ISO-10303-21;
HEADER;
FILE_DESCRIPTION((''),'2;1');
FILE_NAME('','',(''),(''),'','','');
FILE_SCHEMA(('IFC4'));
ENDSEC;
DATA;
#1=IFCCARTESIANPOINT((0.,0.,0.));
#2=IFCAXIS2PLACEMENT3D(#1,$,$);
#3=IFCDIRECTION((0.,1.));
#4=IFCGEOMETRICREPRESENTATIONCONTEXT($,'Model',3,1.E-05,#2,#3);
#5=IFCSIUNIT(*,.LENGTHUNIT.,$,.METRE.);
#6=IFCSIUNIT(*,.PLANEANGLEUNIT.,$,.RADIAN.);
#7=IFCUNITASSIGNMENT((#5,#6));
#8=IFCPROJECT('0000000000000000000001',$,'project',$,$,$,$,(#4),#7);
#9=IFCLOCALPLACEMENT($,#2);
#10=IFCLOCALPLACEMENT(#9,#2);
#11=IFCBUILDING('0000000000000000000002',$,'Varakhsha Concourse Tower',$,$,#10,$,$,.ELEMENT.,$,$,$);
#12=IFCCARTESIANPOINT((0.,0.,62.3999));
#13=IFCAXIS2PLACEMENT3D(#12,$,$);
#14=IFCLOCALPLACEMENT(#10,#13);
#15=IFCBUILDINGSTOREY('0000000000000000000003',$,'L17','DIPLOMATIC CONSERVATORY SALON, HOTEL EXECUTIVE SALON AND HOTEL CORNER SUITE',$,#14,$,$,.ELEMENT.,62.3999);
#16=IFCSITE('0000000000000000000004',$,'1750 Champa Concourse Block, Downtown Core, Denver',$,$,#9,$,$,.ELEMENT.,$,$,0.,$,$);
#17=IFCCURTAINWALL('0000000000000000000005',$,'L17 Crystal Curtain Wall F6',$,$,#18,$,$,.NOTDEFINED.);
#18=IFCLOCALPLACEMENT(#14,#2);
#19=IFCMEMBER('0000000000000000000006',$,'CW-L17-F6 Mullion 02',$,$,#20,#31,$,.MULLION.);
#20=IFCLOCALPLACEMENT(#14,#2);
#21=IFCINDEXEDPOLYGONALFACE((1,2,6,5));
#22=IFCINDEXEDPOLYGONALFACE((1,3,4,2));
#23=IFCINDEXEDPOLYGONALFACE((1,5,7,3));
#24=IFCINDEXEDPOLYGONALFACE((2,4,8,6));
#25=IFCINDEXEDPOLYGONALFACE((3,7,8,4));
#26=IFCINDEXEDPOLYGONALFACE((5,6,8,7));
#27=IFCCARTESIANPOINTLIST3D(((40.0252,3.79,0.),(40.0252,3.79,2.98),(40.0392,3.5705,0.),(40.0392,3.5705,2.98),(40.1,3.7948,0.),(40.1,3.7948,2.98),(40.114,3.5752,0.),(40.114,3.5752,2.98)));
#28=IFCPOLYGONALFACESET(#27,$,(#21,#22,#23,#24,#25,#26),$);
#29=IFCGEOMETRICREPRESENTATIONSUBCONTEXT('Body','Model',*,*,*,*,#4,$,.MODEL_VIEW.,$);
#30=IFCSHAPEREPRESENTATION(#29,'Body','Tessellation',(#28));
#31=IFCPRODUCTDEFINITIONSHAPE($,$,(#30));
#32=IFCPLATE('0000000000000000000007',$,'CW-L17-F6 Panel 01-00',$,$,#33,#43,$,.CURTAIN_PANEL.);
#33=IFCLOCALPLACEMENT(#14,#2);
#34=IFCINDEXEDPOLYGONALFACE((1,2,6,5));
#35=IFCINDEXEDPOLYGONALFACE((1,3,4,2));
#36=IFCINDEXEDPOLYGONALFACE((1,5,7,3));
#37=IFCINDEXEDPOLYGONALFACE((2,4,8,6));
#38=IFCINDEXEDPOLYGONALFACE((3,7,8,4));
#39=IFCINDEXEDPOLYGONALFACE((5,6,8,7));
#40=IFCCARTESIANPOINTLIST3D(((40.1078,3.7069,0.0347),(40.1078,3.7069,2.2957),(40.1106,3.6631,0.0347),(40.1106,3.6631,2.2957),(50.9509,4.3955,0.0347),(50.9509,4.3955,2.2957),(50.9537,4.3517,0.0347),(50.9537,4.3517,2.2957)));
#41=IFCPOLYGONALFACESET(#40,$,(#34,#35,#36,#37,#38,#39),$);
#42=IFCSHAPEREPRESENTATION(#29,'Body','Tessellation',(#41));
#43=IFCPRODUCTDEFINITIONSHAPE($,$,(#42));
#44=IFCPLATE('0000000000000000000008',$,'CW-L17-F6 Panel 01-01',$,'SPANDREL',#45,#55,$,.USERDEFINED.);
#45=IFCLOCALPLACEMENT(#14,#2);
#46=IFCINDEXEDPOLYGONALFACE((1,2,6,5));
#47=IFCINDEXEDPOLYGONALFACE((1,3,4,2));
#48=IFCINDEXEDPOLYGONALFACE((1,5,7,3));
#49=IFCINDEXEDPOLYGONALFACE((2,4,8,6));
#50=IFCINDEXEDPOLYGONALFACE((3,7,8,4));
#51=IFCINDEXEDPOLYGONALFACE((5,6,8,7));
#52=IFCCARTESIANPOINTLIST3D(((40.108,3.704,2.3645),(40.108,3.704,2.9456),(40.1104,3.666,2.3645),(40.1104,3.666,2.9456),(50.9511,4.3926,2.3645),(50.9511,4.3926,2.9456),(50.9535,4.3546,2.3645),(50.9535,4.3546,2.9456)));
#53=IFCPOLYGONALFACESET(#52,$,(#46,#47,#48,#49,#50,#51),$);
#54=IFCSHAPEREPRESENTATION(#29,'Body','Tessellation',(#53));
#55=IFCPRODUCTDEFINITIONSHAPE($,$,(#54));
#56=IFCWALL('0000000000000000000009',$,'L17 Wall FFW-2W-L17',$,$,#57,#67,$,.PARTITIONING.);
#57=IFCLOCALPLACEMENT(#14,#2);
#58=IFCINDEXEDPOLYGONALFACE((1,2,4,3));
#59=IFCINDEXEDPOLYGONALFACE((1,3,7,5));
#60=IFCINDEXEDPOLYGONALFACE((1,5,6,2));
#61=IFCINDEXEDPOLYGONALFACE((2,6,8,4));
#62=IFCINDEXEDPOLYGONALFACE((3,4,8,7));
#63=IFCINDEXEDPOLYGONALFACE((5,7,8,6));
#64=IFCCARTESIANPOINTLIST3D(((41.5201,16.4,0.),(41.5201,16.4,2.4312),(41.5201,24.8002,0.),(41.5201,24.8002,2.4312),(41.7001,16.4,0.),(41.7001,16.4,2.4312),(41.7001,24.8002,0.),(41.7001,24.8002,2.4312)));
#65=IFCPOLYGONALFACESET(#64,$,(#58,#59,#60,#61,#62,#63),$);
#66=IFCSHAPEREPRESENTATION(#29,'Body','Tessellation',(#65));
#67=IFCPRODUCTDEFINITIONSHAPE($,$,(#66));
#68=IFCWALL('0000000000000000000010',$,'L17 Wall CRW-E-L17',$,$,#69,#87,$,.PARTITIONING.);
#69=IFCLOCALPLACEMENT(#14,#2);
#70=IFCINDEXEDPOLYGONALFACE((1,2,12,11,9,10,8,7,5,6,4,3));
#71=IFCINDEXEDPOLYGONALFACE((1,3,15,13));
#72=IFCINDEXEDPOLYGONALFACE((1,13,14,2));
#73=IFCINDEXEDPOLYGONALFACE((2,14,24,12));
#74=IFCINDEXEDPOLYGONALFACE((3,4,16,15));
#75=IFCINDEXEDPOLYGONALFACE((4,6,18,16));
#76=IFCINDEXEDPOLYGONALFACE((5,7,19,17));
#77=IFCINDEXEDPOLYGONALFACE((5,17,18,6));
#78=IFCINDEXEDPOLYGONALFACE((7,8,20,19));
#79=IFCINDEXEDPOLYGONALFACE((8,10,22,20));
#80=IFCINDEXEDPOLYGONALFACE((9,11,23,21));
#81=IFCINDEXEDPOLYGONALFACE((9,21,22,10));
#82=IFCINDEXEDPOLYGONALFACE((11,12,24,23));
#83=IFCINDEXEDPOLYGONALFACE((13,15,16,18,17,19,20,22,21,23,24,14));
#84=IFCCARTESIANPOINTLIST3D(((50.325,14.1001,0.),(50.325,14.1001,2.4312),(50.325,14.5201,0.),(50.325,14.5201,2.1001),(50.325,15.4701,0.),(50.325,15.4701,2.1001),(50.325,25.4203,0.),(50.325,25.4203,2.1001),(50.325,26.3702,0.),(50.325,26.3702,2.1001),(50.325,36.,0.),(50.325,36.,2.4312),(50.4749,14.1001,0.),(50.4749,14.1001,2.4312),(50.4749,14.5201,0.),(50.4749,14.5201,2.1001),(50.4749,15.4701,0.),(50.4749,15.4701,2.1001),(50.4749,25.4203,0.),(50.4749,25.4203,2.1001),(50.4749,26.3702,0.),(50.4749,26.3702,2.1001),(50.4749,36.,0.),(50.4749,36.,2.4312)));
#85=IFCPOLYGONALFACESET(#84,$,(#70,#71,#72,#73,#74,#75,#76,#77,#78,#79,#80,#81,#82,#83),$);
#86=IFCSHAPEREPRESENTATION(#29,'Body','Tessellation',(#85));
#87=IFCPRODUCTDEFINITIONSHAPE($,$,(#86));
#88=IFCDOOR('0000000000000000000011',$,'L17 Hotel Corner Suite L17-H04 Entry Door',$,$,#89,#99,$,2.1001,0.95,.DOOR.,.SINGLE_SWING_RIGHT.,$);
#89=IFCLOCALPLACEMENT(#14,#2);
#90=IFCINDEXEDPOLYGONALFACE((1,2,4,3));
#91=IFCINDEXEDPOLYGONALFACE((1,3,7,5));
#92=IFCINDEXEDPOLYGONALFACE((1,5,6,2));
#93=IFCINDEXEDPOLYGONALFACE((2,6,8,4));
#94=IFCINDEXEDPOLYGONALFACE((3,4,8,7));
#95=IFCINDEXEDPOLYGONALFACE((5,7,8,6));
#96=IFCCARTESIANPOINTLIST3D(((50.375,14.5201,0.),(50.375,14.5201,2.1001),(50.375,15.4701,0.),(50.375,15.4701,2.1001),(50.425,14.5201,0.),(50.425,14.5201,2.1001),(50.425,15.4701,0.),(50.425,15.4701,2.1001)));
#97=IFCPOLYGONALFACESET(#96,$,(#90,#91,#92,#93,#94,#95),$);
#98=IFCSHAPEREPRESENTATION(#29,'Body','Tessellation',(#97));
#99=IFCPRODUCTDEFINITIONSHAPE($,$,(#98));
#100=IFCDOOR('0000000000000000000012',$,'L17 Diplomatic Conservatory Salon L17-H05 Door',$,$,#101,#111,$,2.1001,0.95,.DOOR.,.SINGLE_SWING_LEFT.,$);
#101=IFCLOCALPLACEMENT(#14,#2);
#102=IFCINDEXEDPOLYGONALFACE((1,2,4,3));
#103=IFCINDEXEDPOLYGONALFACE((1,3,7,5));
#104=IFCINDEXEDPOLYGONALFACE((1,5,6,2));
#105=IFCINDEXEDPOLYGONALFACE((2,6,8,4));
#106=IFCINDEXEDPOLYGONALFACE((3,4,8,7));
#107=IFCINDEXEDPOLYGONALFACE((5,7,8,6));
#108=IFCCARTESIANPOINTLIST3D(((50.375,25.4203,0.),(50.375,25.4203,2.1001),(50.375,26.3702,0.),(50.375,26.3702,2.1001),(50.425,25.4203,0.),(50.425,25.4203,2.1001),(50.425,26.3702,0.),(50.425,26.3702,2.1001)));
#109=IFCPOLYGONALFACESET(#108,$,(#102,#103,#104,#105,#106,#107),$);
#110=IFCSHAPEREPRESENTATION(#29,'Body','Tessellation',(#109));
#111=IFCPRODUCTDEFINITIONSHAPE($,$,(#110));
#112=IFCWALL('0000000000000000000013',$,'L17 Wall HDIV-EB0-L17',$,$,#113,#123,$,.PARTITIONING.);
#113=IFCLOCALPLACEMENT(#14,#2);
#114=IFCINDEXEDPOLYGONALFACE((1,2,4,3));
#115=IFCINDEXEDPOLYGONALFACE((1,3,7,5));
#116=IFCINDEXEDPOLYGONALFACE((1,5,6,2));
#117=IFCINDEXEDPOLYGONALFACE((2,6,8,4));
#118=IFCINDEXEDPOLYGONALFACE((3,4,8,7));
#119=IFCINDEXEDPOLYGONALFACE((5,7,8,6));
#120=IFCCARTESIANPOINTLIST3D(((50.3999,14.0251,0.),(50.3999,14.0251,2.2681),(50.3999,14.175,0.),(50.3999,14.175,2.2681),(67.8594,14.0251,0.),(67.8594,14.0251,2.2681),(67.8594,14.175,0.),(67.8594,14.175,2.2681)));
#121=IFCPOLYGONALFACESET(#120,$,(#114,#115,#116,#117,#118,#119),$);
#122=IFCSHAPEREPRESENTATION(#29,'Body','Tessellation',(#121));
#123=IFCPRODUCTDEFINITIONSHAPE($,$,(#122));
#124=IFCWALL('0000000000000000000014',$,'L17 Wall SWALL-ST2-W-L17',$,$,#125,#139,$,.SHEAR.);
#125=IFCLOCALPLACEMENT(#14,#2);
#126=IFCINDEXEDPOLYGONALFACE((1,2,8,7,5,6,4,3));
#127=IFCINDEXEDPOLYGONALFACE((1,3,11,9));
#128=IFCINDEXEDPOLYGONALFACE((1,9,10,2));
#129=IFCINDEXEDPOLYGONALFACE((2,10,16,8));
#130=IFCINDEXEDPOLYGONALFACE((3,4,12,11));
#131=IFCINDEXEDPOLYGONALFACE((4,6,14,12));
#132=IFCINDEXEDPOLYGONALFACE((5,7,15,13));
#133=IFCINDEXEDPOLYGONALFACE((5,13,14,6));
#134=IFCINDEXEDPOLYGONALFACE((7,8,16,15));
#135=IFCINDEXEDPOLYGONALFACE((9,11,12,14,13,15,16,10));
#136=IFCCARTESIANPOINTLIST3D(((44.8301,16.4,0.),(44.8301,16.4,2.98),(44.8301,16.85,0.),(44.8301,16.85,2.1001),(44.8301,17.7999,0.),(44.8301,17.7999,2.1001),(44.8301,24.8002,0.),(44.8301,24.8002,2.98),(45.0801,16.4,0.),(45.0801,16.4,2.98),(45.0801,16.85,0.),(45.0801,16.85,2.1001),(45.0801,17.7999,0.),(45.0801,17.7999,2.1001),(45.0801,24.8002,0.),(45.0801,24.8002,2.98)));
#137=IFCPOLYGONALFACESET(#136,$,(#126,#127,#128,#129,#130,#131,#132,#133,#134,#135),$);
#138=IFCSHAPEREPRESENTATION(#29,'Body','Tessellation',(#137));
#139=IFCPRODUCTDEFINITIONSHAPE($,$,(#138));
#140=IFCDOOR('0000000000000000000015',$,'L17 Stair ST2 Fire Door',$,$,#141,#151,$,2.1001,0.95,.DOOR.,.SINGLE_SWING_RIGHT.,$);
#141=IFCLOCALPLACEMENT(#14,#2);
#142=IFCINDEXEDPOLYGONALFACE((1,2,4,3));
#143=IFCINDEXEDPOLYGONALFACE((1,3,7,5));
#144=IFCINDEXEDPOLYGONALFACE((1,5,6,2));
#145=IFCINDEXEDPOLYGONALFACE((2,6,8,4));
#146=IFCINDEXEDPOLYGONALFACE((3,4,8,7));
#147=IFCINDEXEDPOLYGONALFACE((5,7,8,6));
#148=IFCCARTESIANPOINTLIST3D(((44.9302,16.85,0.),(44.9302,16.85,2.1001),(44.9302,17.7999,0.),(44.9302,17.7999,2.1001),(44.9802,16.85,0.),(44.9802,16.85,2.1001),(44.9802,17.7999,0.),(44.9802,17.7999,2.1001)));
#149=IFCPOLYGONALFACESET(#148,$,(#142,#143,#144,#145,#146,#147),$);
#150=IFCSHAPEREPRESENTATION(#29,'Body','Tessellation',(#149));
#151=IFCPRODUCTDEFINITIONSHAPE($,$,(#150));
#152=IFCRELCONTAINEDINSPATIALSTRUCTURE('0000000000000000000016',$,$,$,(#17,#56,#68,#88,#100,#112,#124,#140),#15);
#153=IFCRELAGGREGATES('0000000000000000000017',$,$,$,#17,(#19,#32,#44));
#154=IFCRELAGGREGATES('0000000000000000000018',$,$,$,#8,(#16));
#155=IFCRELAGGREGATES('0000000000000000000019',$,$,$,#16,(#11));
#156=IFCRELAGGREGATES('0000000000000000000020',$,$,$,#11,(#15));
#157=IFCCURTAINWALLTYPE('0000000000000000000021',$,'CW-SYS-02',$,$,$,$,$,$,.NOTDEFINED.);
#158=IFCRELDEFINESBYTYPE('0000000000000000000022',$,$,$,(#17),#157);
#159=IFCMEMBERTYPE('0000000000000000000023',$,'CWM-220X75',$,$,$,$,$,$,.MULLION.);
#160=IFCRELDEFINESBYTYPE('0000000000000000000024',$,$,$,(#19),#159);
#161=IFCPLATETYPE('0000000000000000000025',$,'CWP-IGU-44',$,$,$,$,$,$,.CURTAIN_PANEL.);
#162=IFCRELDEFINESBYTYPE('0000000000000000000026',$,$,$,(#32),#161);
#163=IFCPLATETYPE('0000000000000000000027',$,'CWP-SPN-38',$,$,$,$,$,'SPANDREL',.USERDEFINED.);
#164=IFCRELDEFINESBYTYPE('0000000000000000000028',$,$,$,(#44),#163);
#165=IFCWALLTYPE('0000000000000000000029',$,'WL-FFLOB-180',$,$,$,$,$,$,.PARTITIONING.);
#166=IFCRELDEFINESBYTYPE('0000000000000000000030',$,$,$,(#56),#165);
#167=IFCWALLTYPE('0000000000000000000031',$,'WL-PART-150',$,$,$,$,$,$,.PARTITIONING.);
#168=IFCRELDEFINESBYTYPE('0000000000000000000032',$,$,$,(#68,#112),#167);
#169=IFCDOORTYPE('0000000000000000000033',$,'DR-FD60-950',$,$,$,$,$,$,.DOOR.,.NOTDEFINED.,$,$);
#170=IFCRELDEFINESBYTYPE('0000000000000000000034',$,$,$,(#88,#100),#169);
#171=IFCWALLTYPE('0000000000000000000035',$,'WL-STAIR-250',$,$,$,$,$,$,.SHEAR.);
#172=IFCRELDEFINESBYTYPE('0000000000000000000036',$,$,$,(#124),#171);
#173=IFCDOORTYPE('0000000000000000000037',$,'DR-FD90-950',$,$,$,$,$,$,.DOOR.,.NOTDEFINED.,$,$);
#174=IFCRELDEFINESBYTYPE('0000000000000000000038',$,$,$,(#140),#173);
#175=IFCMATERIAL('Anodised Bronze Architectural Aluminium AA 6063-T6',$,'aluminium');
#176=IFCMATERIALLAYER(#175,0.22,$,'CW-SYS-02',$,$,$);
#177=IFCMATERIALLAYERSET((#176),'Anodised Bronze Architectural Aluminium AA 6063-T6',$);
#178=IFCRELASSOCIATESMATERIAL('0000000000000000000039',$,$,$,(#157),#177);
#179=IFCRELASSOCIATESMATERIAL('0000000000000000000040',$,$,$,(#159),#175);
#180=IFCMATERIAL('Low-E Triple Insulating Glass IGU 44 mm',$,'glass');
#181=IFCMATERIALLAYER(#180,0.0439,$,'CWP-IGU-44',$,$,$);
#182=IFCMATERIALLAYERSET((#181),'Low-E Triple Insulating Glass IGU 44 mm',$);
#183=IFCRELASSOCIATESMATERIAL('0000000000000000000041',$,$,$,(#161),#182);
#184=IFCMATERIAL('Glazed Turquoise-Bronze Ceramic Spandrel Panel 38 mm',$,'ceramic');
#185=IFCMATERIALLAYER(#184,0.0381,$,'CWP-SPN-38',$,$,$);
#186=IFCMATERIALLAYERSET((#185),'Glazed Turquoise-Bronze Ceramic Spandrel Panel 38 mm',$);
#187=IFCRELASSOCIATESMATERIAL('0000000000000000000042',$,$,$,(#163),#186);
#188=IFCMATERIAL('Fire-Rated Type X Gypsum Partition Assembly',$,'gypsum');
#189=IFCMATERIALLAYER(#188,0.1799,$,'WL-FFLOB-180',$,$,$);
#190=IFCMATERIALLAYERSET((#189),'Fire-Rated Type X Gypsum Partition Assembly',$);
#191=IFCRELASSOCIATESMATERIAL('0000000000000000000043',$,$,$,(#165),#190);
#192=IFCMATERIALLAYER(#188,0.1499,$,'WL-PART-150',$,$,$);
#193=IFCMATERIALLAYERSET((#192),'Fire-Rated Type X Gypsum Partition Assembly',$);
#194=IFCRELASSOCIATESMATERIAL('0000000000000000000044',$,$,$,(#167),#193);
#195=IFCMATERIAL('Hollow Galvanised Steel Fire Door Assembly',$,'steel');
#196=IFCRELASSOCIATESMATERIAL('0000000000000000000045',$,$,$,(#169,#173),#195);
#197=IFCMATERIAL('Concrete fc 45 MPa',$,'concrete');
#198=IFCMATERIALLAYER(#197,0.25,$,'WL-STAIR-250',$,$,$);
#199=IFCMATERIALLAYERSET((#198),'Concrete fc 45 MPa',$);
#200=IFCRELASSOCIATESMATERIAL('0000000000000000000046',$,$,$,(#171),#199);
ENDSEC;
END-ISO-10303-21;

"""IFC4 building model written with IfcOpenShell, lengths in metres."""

from ifc_helpers import new_model, si_unit, direction, frame, frame_2d, origin, origin_2d, place, context, subcontext, project, spatial, rectangle, extrude, source, transform, mapped, material, layer, layer_set, material_profile, profile_set, type_object, type_shapes, element, fill, aggregate, save


model = new_model("IFC4")

# Units and contexts
model_context = context("Model", 3, precision=1e-05, world=origin(), true_north=direction((0.0, 1.0)))
body_context = subcontext(model_context, "Body", "Model", "MODEL_VIEW")
ifc_project = project(units=[si_unit("LENGTHUNIT", "METRE"), si_unit("PLANEANGLEUNIT", "RADIAN")], contexts=[model_context])

# Site, building, storey
site_placement = place(None, origin())
site = spatial("IfcSite", under=ifc_project, at=site_placement, Name="1750 Champa Concourse Block, Downtown Core, Denver", CompositionType="ELEMENT", RefElevation=0.0)
building_placement = place(site_placement, origin())
building = spatial("IfcBuilding", under=site, at=building_placement, Name="Varakhsha Concourse Tower", CompositionType="ELEMENT")
storey_placement = place(building_placement, frame((0.0, 0.0, 62.3999)))
storey = spatial("IfcBuildingStorey", under=building, at=storey_placement, Name="L17", Description="DIPLOMATIC CONSERVATORY SALON, HOTEL EXECUTIVE SALON AND HOTEL CORNER SUITE", CompositionType="ELEMENT", Elevation=62.3999)

# Curtain wall, member, plates
ifc_material_1 = material(Name="Anodised Bronze Architectural Aluminium AA 6063-T6", Category="aluminium")
ifc_layer_1 = layer(ifc_material_1, 0.22, Name="CW-SYS-02")
ifc_layer_set_1 = layer_set([ifc_layer_1], Name="Anodised Bronze Architectural Aluminium AA 6063-T6")
curtain_wall_type = type_object("IfcCurtainWallType", Name="CW-SYS-02", PredefinedType="NOTDEFINED", material=ifc_layer_set_1)
curtain_wall_placement = place(storey_placement, origin())
curtain_wall = element("IfcCurtainWall", 1, at=curtain_wall_placement, inside=storey, type_object=curtain_wall_type, Name="L17 Crystal Curtain Wall F6", PredefinedType="NOTDEFINED")
ifc_material_profile_1 = material_profile(ifc_material_1, rectangle(XDim=0.075, YDim=0.22, at=origin_2d()), Name="CWM-220X75")
ifc_profile_set_1 = profile_set([ifc_material_profile_1], Name="Anodised Bronze Architectural Aluminium AA 6063-T6")
member_type = type_object("IfcMemberType", Name="CWM-220X75", PredefinedType="MULLION", material=ifc_profile_set_1)
shared_shape_1 = source(origin(), body_context, "Body", "SweptSolid", [
    extrude(rectangle(XDim=0.075, YDim=0.22, at=origin_2d()), origin(), (0.0, 0.0, 1.0), 2.98),
])
type_shapes(member_type, [shared_shape_1])
member_1_placement = place(storey_placement, frame((40.0696, 3.6826, 0.0), z_axis=(0.0, 0.0, 1.0), x_axis=(-0.99799, -0.063378, 0.0)))
member_1 = element("IfcMember", 2, at=member_1_placement, type_object=member_type, Name="CW-L17-F6 Mullion 02", PredefinedType="MULLION", context=body_context, shape_type="MappedRepresentation", body=[
    mapped(shared_shape_1, transform((0.0, 0.0, 0.0), scale=1.0)),
])
ifc_material_2 = material(Name="Low-E Triple Insulating Glass IGU 44 mm", Category="glass")
ifc_layer_2 = layer(ifc_material_2, 0.0439, Name="CWP-IGU-44")
ifc_layer_set_2 = layer_set([ifc_layer_2], Name="Low-E Triple Insulating Glass IGU 44 mm")
plate_type_1 = type_object("IfcPlateType", Name="CWP-IGU-44", PredefinedType="CURTAIN_PANEL", material=ifc_layer_set_2)
shared_shape_2 = source(origin(), body_context, "Body", "SweptSolid", [
    extrude(rectangle(XDim=10.865, YDim=0.0439, at=origin_2d()), origin(), (0.0, 0.0, 1.0), 2.261),
])
type_shapes(plate_type_1, [shared_shape_2])
plate_1_placement = place(storey_placement, frame((45.5308, 4.0293, 0.0347), z_axis=(0.0, 0.0, 1.0), x_axis=(-0.99799, -0.063378, 0.0)))
plate_1 = element("IfcPlate", 3, at=plate_1_placement, type_object=plate_type_1, Name="CW-L17-F6 Panel 01-00", PredefinedType="CURTAIN_PANEL", context=body_context, shape_type="MappedRepresentation", body=[
    mapped(shared_shape_2, transform((0.0, 0.0, 0.0), scale=1.0)),
])
ifc_material_3 = material(Name="Glazed Turquoise-Bronze Ceramic Spandrel Panel 38 mm", Category="ceramic")
ifc_layer_3 = layer(ifc_material_3, 0.0381, Name="CWP-SPN-38")
ifc_layer_set_3 = layer_set([ifc_layer_3], Name="Glazed Turquoise-Bronze Ceramic Spandrel Panel 38 mm")
plate_type_2 = type_object("IfcPlateType", Name="CWP-SPN-38", ElementType="SPANDREL", PredefinedType="USERDEFINED", material=ifc_layer_set_3)
shared_shape_3 = source(origin(), body_context, "Body", "SweptSolid", [
    extrude(rectangle(XDim=10.865, YDim=0.0381, at=origin_2d()), origin(), (0.0, 0.0, 1.0), 0.5811),
])
type_shapes(plate_type_2, [shared_shape_3])
plate_2_placement = place(storey_placement, frame((45.5308, 4.0293, 2.3645), z_axis=(0.0, 0.0, 1.0), x_axis=(-0.99799, -0.063378, 0.0)))
plate_2 = element("IfcPlate", 4, at=plate_2_placement, type_object=plate_type_2, Name="CW-L17-F6 Panel 01-01", ObjectType="SPANDREL", PredefinedType="USERDEFINED", context=body_context, shape_type="MappedRepresentation", body=[
    mapped(shared_shape_3, transform((0.0, 0.0, 0.0), scale=1.0)),
])
aggregate(curtain_wall, [member_1, plate_1, plate_2])

# Wall
ifc_material_4 = material(Name="Fire-Rated Type X Gypsum Partition Assembly", Category="gypsum")
ifc_layer_4 = layer(ifc_material_4, 0.1799, Name="WL-FFLOB-180")
ifc_layer_set_4 = layer_set([ifc_layer_4], Name="Fire-Rated Type X Gypsum Partition Assembly")
wall_type_1 = type_object("IfcWallType", Name="WL-FFLOB-180", PredefinedType="PARTITIONING", material=ifc_layer_set_4)
wall_1_placement = place(storey_placement, frame((41.6101, 16.3999, 0.0), z_axis=(0.0, 0.0, 1.0), x_axis=(0.0, 1.0, 0.0)))
element("IfcWall", 5, at=wall_1_placement, inside=storey, type_object=wall_type_1, Name="L17 Wall FFW-2W-L17", PredefinedType="PARTITIONING", context=body_context, shape_type="SweptSolid", body=[
    extrude(rectangle(XDim=8.4001, YDim=0.1799, at=frame_2d((4.2002, 0.0))), origin(), (0.0, 0.0, 1.0), 2.4312),
])

# Wall, openings, doors
ifc_layer_5 = layer(ifc_material_4, 0.1499, Name="WL-PART-150")
ifc_layer_set_5 = layer_set([ifc_layer_5], Name="Fire-Rated Type X Gypsum Partition Assembly")
wall_type_2 = type_object("IfcWallType", Name="WL-PART-150", PredefinedType="PARTITIONING", material=ifc_layer_set_5)
wall_2_placement = place(storey_placement, frame((50.3999, 14.1001, 0.0), z_axis=(0.0, 0.0, 1.0), x_axis=(0.0, 1.0, 0.0)))
wall_2 = element("IfcWall", 6, at=wall_2_placement, inside=storey, type_object=wall_type_2, Name="L17 Wall CRW-E-L17", PredefinedType="PARTITIONING", context=body_context, shape_type="SweptSolid", body=[
    extrude(rectangle(XDim=21.8999, YDim=0.1499, at=frame_2d((10.95, 0.0))), origin(), (0.0, 0.0, 1.0), 2.4312),
])
opening_1_placement = place(wall_2_placement, frame((0.4199, 0.0, 0.0)))
opening_1 = element("IfcOpeningElement", 7, at=opening_1_placement, cuts=wall_2, PredefinedType="OPENING", context=body_context, shape_type="SweptSolid", body=[
    extrude(rectangle(XDim=0.95, YDim=2.1001, at=frame_2d((0.4751, 1.05))), frame((0.0, 0.085, 0.0), z_axis=(0.0, -1.0, 0.0), x_axis=(1.0, 0.0, 0.0)), (0.0, 0.0, 1.0), 0.1699),
])
opening_2_placement = place(wall_2_placement, frame((11.3201, 0.0, 0.0)))
opening_2 = element("IfcOpeningElement", 8, at=opening_2_placement, cuts=wall_2, PredefinedType="OPENING", context=body_context, shape_type="SweptSolid", body=[
    extrude(rectangle(XDim=0.95, YDim=2.1001, at=frame_2d((0.4751, 1.05))), frame((0.0, 0.085, 0.0), z_axis=(0.0, -1.0, 0.0), x_axis=(1.0, 0.0, 0.0)), (0.0, 0.0, 1.0), 0.1699),
])
ifc_material_5 = material(Name="Hollow Galvanised Steel Fire Door Assembly", Category="steel")
door_type_1 = type_object("IfcDoorType", Name="DR-FD60-950", OperationType="NOTDEFINED", PredefinedType="DOOR", material=ifc_material_5)
door_1_placement = place(opening_1_placement, origin())
door_1 = element("IfcDoor", 9, at=door_1_placement, inside=storey, type_object=door_type_1, Name="L17 Hotel Corner Suite L17-H04 Entry Door", OperationType="SINGLE_SWING_RIGHT", OverallHeight=2.1001, OverallWidth=0.95, PredefinedType="DOOR", context=body_context, shape_type="SweptSolid", body=[
    extrude(rectangle(XDim=0.95, YDim=2.1001, at=frame_2d((0.4751, 1.05))), frame((0.0, 0.0249, 0.0), z_axis=(0.0, -1.0, 0.0), x_axis=(1.0, 0.0, 0.0)), (0.0, 0.0, 1.0), 0.05),
])
fill(opening_1, door_1)
door_2_placement = place(opening_2_placement, origin())
door_2 = element("IfcDoor", 10, at=door_2_placement, inside=storey, type_object=door_type_1, Name="L17 Diplomatic Conservatory Salon L17-H05 Door", OperationType="SINGLE_SWING_LEFT", OverallHeight=2.1001, OverallWidth=0.95, PredefinedType="DOOR", context=body_context, shape_type="SweptSolid", body=[
    extrude(rectangle(XDim=0.95, YDim=2.1001, at=frame_2d((0.4751, 1.05))), frame((0.0, 0.0249, 0.0), z_axis=(0.0, -1.0, 0.0), x_axis=(1.0, 0.0, 0.0)), (0.0, 0.0, 1.0), 0.05),
])
fill(opening_2, door_2)

# Wall
wall_3_placement = place(storey_placement, frame((50.3999, 14.1001, 0.0), z_axis=(0.0, 0.0, 1.0), x_axis=(1.0, 0.0, 0.0)))
element("IfcWall", 11, at=wall_3_placement, inside=storey, type_object=wall_type_2, Name="L17 Wall HDIV-EB0-L17", PredefinedType="PARTITIONING", context=body_context, shape_type="SweptSolid", body=[
    extrude(rectangle(XDim=17.4595, YDim=0.1499, at=frame_2d((8.7297, 0.0))), origin(), (0.0, 0.0, 1.0), 2.2681),
])

# Wall, opening, door
ifc_material_6 = material(Name="Concrete fc 45 MPa", Category="concrete")
ifc_layer_6 = layer(ifc_material_6, 0.25, Name="WL-STAIR-250")
ifc_layer_set_6 = layer_set([ifc_layer_6], Name="Concrete fc 45 MPa")
wall_type_3 = type_object("IfcWallType", Name="WL-STAIR-250", PredefinedType="SHEAR", material=ifc_layer_set_6)
wall_4_placement = place(storey_placement, frame((44.9551, 16.3999, 0.0), z_axis=(0.0, 0.0, 1.0), x_axis=(0.0, 1.0, 0.0)))
wall_4 = element("IfcWall", 12, at=wall_4_placement, inside=storey, type_object=wall_type_3, Name="L17 Wall SWALL-ST2-W-L17", PredefinedType="SHEAR", context=body_context, shape_type="SweptSolid", body=[
    extrude(rectangle(XDim=8.4001, YDim=0.25, at=frame_2d((4.2002, 0.0))), origin(), (0.0, 0.0, 1.0), 2.98),
])
opening_3_placement = place(wall_4_placement, frame((0.45, 0.0, 0.0)))
opening_3 = element("IfcOpeningElement", 13, at=opening_3_placement, cuts=wall_4, PredefinedType="OPENING", context=body_context, shape_type="SweptSolid", body=[
    extrude(rectangle(XDim=0.95, YDim=2.1001, at=frame_2d((0.4751, 1.05))), frame((0.0, 0.135, 0.0), z_axis=(0.0, -1.0, 0.0), x_axis=(1.0, 0.0, 0.0)), (0.0, 0.0, 1.0), 0.27),
])
door_type_2 = type_object("IfcDoorType", Name="DR-FD90-950", OperationType="NOTDEFINED", PredefinedType="DOOR", material=ifc_material_5)
door_3_placement = place(opening_3_placement, origin())
door_3 = element("IfcDoor", 14, at=door_3_placement, inside=storey, type_object=door_type_2, Name="L17 Stair ST2 Fire Door", OperationType="SINGLE_SWING_RIGHT", OverallHeight=2.1001, OverallWidth=0.95, PredefinedType="DOOR", context=body_context, shape_type="SweptSolid", body=[
    extrude(rectangle(XDim=0.95, YDim=2.1001, at=frame_2d((0.4751, 1.05))), frame((0.0, 0.0249, 0.0), z_axis=(0.0, -1.0, 0.0), x_axis=(1.0, 0.0, 0.0)), (0.0, 0.0, 1.0), 0.05),
])
fill(opening_3, door_3)

save(model, "model.ifc")
